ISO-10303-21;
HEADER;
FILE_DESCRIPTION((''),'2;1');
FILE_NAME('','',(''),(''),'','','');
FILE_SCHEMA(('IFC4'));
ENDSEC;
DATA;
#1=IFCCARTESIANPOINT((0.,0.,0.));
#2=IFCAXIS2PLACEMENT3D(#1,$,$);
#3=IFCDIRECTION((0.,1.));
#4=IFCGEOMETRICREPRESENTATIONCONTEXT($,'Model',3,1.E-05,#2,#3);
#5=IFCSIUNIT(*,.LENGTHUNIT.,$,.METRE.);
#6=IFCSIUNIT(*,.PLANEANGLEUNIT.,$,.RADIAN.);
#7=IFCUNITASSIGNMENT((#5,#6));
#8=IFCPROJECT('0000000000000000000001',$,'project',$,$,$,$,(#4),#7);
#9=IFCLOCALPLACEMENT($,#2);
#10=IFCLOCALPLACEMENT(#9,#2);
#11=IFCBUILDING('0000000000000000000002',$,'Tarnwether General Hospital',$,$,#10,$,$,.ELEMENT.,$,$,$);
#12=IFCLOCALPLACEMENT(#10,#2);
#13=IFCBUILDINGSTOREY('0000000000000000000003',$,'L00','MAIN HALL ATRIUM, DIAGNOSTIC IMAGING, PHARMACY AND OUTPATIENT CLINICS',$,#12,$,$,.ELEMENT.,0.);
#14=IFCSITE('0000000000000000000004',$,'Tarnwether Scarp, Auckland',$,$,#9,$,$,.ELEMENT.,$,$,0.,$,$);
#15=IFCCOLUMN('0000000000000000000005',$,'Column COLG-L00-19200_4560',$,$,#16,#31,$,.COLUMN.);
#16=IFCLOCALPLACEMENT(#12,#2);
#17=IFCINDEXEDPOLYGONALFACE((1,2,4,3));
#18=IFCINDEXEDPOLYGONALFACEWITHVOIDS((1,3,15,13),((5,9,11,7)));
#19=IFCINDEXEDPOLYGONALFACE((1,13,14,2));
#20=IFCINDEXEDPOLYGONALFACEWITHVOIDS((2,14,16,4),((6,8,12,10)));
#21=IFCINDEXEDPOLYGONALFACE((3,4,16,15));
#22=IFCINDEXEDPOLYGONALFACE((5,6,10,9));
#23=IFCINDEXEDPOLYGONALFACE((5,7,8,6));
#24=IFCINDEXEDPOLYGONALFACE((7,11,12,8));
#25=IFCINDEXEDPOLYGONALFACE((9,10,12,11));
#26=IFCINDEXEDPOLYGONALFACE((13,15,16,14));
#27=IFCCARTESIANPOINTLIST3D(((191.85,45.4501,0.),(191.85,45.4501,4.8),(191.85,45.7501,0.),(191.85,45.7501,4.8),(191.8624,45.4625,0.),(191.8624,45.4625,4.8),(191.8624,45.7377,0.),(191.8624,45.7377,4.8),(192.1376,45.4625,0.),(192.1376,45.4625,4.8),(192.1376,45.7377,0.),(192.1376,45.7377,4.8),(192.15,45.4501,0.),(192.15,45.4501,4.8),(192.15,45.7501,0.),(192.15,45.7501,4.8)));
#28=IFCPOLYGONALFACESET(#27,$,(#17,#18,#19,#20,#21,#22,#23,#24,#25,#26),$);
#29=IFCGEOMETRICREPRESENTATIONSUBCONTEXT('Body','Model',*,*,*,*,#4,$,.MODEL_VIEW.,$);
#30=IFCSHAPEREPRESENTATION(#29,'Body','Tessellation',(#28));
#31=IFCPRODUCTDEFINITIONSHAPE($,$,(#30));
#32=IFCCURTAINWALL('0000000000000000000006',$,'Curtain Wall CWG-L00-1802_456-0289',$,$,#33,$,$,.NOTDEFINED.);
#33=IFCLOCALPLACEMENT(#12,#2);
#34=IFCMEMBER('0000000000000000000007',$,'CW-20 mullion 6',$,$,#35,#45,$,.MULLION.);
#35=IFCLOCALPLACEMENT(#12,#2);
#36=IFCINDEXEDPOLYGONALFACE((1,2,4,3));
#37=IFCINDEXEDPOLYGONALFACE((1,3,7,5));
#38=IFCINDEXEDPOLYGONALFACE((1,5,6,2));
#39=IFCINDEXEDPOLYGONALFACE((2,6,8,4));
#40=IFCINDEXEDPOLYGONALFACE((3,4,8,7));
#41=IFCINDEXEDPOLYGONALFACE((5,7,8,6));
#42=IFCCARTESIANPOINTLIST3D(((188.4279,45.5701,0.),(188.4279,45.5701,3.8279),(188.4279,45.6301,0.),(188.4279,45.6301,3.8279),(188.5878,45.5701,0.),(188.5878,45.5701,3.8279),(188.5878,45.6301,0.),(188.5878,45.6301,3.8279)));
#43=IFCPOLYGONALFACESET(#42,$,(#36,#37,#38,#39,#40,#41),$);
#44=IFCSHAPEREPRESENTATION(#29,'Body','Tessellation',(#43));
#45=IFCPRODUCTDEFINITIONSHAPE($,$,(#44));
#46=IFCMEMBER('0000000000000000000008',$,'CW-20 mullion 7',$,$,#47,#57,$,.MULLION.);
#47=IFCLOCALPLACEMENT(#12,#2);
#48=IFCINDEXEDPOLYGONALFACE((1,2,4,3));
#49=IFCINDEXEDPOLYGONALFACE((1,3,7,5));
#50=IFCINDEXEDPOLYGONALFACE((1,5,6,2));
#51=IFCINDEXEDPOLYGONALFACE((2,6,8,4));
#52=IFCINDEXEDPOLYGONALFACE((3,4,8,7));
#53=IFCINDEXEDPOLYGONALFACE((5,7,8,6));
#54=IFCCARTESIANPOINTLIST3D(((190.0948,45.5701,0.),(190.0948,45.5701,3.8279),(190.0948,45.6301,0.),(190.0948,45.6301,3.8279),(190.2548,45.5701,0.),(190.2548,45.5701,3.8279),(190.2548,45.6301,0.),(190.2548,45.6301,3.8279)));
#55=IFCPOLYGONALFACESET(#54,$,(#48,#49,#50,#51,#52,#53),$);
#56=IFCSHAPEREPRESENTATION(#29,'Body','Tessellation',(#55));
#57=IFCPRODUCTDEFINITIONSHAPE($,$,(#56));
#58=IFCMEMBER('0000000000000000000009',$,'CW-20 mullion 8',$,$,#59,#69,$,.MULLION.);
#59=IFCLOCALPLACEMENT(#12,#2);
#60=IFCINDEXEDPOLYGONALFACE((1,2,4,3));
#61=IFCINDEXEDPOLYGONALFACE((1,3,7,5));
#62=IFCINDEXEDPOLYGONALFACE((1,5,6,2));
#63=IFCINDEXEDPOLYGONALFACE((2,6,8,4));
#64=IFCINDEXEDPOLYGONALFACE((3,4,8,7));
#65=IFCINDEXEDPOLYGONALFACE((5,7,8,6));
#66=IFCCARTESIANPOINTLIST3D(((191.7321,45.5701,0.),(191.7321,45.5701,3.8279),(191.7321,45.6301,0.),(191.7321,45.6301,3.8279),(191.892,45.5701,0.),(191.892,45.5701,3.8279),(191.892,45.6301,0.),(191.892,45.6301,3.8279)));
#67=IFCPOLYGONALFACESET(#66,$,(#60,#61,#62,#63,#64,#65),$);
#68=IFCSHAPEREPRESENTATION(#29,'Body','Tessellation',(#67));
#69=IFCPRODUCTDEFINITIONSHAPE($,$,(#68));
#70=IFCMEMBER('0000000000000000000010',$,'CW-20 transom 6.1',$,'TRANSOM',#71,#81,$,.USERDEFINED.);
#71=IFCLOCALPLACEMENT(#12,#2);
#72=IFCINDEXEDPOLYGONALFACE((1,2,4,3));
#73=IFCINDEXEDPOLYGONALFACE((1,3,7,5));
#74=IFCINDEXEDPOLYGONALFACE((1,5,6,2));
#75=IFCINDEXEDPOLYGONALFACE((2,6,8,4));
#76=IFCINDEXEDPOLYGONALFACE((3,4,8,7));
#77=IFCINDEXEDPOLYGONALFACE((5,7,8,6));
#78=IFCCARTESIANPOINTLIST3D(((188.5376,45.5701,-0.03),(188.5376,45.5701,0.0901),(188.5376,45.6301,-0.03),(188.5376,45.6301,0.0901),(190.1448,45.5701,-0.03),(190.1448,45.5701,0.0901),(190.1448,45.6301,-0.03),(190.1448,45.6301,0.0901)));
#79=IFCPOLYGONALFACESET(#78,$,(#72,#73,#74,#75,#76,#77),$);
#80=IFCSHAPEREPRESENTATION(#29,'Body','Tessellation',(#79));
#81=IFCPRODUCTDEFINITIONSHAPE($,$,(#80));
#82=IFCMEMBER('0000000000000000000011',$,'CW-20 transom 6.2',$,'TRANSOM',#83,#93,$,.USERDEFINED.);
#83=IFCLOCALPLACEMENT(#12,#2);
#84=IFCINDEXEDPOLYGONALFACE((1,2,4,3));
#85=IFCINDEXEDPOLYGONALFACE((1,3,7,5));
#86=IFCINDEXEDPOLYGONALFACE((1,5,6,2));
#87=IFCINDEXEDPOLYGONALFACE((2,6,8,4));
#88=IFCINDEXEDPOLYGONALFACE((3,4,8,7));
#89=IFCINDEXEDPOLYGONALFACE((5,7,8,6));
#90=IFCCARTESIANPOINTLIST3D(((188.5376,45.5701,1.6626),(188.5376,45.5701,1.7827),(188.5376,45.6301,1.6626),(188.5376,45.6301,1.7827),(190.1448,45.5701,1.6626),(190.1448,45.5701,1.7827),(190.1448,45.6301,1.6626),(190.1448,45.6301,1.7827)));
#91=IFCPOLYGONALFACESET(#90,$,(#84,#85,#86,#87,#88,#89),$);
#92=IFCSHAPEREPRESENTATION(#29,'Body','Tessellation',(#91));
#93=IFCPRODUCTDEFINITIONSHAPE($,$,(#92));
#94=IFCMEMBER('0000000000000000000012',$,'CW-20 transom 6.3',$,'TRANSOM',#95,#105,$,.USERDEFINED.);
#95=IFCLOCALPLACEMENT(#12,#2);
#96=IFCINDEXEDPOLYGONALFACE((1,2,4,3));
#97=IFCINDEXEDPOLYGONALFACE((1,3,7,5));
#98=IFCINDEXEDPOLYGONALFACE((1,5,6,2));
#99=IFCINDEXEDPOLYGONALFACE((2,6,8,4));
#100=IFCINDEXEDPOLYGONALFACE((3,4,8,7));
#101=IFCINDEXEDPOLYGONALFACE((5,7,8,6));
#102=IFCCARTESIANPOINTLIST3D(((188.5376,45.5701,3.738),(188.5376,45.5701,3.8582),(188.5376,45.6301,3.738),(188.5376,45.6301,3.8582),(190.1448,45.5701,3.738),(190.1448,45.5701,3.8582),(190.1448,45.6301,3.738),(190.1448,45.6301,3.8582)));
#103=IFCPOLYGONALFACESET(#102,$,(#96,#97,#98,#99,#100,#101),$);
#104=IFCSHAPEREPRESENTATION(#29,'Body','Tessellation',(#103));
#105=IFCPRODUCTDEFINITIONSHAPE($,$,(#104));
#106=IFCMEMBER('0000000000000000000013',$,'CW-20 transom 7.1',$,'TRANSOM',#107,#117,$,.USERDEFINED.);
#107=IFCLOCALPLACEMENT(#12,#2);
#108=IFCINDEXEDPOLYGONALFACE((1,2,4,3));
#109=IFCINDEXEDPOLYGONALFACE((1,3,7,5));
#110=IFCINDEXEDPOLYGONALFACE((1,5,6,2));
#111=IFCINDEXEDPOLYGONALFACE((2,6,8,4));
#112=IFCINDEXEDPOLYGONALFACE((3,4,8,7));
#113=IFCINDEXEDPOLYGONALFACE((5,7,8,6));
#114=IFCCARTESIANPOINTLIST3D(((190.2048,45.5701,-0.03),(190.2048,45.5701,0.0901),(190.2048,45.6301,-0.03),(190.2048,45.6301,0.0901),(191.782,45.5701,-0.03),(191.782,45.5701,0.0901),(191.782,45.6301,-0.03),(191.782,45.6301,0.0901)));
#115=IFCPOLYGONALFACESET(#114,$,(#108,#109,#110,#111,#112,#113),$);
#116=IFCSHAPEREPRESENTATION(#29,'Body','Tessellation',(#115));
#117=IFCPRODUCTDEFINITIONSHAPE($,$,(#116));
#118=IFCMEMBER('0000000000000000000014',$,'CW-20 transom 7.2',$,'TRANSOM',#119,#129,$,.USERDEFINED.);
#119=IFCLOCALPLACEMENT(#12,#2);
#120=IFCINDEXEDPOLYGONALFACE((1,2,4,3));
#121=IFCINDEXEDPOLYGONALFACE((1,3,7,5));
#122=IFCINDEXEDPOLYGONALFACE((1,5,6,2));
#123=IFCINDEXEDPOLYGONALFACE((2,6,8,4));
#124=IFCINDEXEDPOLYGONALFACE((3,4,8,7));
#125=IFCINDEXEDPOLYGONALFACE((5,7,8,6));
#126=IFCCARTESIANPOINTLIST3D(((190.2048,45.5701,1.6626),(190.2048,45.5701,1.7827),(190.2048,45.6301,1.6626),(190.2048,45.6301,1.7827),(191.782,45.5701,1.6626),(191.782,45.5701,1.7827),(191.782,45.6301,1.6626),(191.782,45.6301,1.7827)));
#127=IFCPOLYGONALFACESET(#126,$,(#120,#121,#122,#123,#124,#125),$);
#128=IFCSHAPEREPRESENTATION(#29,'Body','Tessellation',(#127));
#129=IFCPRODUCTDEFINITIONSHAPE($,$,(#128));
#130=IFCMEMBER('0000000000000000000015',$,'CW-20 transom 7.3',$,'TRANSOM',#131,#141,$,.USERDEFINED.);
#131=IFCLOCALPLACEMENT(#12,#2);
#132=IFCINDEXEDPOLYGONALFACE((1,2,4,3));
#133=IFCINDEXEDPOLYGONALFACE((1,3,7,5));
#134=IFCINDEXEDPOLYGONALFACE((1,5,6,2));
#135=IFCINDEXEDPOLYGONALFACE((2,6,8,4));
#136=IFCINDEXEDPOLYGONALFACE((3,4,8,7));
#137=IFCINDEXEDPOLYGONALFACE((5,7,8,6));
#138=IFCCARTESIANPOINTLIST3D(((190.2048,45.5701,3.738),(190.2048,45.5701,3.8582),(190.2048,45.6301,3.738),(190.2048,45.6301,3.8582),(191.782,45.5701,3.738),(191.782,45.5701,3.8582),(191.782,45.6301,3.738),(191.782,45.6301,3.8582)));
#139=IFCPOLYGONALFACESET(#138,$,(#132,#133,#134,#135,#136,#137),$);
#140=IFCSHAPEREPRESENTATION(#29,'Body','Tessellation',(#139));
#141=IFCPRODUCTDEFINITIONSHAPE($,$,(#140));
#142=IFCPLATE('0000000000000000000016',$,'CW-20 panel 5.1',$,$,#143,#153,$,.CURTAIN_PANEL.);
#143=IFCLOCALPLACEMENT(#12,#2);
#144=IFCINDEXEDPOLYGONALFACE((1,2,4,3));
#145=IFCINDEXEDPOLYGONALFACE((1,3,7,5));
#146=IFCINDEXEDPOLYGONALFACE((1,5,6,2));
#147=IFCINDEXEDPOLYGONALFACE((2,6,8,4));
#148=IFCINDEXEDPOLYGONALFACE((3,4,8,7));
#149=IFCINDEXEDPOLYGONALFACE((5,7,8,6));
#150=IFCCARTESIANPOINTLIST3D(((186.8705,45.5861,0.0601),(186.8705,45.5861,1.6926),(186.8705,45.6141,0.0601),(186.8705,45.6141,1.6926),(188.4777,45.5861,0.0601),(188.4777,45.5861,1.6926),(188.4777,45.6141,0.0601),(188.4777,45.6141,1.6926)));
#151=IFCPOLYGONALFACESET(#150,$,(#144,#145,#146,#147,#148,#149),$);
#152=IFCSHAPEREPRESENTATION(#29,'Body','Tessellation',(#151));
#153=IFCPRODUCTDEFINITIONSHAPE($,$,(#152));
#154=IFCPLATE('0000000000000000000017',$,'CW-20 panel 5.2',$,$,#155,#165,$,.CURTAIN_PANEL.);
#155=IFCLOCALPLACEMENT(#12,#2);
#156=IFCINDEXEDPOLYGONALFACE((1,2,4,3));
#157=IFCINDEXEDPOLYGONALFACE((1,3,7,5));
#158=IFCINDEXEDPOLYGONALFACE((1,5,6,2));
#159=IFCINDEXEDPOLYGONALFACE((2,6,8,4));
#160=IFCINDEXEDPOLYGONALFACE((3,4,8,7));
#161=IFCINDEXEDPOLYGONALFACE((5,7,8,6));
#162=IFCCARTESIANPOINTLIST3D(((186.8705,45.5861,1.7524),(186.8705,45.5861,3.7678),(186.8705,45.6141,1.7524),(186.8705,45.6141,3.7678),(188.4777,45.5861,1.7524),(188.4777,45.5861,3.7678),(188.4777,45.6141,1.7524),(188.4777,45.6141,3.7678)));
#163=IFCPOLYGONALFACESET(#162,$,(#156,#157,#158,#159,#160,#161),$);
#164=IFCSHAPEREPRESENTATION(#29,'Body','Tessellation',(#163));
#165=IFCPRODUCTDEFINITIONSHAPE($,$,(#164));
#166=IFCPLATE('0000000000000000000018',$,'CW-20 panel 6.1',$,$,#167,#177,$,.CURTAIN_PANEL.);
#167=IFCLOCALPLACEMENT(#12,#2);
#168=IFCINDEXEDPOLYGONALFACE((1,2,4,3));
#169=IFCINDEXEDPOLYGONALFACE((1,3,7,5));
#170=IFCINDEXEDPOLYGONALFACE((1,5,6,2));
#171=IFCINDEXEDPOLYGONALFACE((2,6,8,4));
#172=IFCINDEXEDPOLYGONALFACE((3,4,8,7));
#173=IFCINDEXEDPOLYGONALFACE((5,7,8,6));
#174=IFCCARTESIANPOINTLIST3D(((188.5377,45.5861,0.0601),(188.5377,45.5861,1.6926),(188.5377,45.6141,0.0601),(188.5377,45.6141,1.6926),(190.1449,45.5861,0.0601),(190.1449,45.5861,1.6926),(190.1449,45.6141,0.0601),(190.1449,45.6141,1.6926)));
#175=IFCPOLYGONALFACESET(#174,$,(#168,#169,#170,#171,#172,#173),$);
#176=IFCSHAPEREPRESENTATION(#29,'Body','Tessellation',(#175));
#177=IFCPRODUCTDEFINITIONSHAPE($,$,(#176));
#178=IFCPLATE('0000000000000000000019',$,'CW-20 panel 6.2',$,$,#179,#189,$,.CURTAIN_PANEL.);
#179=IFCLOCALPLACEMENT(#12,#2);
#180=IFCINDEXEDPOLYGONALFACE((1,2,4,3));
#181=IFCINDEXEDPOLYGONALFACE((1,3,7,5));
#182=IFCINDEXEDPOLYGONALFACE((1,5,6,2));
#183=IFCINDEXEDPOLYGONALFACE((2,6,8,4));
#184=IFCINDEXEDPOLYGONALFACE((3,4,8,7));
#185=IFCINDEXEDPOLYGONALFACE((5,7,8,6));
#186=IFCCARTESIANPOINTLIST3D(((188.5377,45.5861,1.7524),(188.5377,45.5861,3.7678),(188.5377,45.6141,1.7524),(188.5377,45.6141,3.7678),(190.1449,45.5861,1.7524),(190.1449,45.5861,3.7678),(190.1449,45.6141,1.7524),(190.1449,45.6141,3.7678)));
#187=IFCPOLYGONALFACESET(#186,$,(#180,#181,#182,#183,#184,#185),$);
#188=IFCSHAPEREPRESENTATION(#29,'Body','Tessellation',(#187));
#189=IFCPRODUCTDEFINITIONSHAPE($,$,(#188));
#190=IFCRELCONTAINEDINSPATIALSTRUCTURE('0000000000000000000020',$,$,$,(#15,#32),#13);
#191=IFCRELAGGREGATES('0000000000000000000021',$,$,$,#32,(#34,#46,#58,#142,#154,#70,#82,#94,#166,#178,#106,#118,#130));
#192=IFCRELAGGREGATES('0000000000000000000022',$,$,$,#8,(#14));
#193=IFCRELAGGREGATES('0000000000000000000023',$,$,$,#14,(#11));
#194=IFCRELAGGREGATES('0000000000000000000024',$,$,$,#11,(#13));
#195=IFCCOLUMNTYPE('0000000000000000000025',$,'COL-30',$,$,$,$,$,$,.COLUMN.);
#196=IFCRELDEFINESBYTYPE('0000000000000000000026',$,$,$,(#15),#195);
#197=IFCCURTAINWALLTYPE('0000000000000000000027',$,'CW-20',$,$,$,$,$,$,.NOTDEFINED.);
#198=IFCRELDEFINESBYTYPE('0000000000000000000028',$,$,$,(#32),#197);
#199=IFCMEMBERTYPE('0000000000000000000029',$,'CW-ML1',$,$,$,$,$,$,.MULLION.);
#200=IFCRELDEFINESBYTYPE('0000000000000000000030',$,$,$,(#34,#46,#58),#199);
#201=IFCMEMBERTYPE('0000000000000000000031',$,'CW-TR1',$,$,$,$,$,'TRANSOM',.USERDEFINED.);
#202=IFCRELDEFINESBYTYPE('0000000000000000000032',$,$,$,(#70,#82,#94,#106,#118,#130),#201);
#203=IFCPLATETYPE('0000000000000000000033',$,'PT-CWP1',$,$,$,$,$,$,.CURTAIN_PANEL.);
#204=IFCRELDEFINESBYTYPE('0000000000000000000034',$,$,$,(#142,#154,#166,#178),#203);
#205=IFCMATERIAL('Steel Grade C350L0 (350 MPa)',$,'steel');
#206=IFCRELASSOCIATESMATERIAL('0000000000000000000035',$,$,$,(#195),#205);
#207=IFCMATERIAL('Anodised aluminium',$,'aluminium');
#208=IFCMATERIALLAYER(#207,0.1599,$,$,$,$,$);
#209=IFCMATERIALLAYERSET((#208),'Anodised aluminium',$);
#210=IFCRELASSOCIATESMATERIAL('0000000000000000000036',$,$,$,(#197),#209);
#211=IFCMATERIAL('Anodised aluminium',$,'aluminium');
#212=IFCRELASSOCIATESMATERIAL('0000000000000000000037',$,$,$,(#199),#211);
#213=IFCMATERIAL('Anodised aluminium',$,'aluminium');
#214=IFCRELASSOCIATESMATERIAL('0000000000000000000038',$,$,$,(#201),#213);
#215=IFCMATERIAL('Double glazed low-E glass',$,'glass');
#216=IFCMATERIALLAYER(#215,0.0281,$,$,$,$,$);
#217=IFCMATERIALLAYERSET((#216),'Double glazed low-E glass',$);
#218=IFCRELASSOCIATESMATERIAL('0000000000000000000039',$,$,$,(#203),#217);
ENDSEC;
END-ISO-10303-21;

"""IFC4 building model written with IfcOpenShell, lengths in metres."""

from ifc_helpers import new_model, si_unit, direction, frame, origin, origin_2d, place, context, subcontext, project, spatial, rectangle, hollow_rectangle, extrude, material, layer, layer_set, material_profile, profile_set, type_object, element, aggregate, save


model = new_model("IFC4")

# Units and contexts
model_context = context("Model", 3, precision=1e-05, world=origin(), true_north=direction((0.0, 1.0)))
body_context = subcontext(model_context, "Body", "Model", "MODEL_VIEW")
ifc_project = project(units=[si_unit("LENGTHUNIT", "METRE"), si_unit("PLANEANGLEUNIT", "RADIAN")], contexts=[model_context])

# Site, building, storey
site_placement = place(None, origin())
site = spatial("IfcSite", under=ifc_project, at=site_placement, Name="Tarnwether Scarp, Auckland", CompositionType="ELEMENT", RefElevation=0.0)
building_placement = place(site_placement, origin())
building = spatial("IfcBuilding", under=site, at=building_placement, Name="Tarnwether General Hospital", CompositionType="ELEMENT")
storey_placement = place(building_placement, origin())
storey = spatial("IfcBuildingStorey", under=building, at=storey_placement, Name="L00", Description="MAIN HALL ATRIUM, DIAGNOSTIC IMAGING, PHARMACY AND OUTPATIENT CLINICS", CompositionType="ELEMENT", Elevation=0.0)

# Column
ifc_material_1 = material(Name="Steel Grade C350L0 (350 MPa)", Category="steel")
ifc_material_profile_1 = material_profile(ifc_material_1, hollow_rectangle(XDim=0.3, YDim=0.3, WallThickness=0.0125, at=origin_2d()), Name="SHS300x300x12.5")
ifc_profile_set_1 = profile_set([ifc_material_profile_1], Name="Steel Grade C350L0 (350 MPa)")
column_type = type_object("IfcColumnType", Name="COL-30", PredefinedType="COLUMN", material=ifc_profile_set_1)
column_placement = place(storey_placement, frame((192.0, 45.6001, 0.0), z_axis=(0.0, 0.0, 1.0), x_axis=(1.0, 0.0, 0.0)))
element("IfcColumn", 1, at=column_placement, inside=storey, type_object=column_type, Name="Column COLG-L00-19200_4560", PredefinedType="COLUMN", context=body_context, shape_type="SweptSolid", body=[
    extrude(hollow_rectangle(XDim=0.3, YDim=0.3, WallThickness=0.0125, at=origin_2d()), origin(), (0.0, 0.0, 1.0), 4.8),
])

# Curtain wall, members, plates
ifc_material_2 = material(Name="Anodised aluminium", Category="aluminium")
ifc_layer_1 = layer(ifc_material_2, 0.1599)
ifc_layer_set_1 = layer_set([ifc_layer_1], Name="Anodised aluminium")
curtain_wall_type = type_object("IfcCurtainWallType", Name="CW-20", PredefinedType="NOTDEFINED", material=ifc_layer_set_1)
curtain_wall_placement = place(storey_placement, origin())
curtain_wall = element("IfcCurtainWall", 2, at=curtain_wall_placement, inside=storey, type_object=curtain_wall_type, Name="Curtain Wall CWG-L00-1802_456-0289", PredefinedType="NOTDEFINED")
ifc_material_3 = material(Name="Anodised aluminium", Category="aluminium")
ifc_material_profile_2 = material_profile(ifc_material_3, rectangle(XDim=0.0601, YDim=0.1599, at=origin_2d()), Name="ALU-MUL-60x160")
ifc_profile_set_2 = profile_set([ifc_material_profile_2], Name="Anodised aluminium")
member_type_1 = type_object("IfcMemberType", Name="CW-ML1", PredefinedType="MULLION", material=ifc_profile_set_2)
member_1_placement = place(storey_placement, frame((188.5078, 45.6001, 0.0), z_axis=(0.0, 0.0, 1.0), x_axis=(0.0, 1.0, 0.0)))
member_1 = element("IfcMember", 3, at=member_1_placement, type_object=member_type_1, Name="CW-20 mullion 6", PredefinedType="MULLION", context=body_context, shape_type="SweptSolid", body=[
    extrude(rectangle(XDim=0.0601, YDim=0.1599, at=origin_2d()), origin(), (0.0, 0.0, 1.0), 3.8279),
])
member_2_placement = place(storey_placement, frame((190.1748, 45.6001, 0.0), z_axis=(0.0, 0.0, 1.0), x_axis=(0.0, 1.0, 0.0)))
member_2 = element("IfcMember", 4, at=member_2_placement, type_object=member_type_1, Name="CW-20 mullion 7", PredefinedType="MULLION", context=body_context, shape_type="SweptSolid", body=[
    extrude(rectangle(XDim=0.0601, YDim=0.1599, at=origin_2d()), origin(), (0.0, 0.0, 1.0), 3.8279),
])
member_3_placement = place(storey_placement, frame((191.812, 45.6001, 0.0), z_axis=(0.0, 0.0, 1.0), x_axis=(0.0, 1.0, 0.0)))
member_3 = element("IfcMember", 5, at=member_3_placement, type_object=member_type_1, Name="CW-20 mullion 8", PredefinedType="MULLION", context=body_context, shape_type="SweptSolid", body=[
    extrude(rectangle(XDim=0.0601, YDim=0.1599, at=origin_2d()), origin(), (0.0, 0.0, 1.0), 3.8279),
])
ifc_material_4 = material(Name="Anodised aluminium", Category="aluminium")
ifc_material_profile_3 = material_profile(ifc_material_4, rectangle(XDim=0.0601, YDim=0.1201, at=origin_2d()), Name="ALU-TRN-60x120")
ifc_profile_set_3 = profile_set([ifc_material_profile_3], Name="Anodised aluminium")
member_type_2 = type_object("IfcMemberType", Name="CW-TR1", ElementType="TRANSOM", PredefinedType="USERDEFINED", material=ifc_profile_set_3)
member_4_placement = place(storey_placement, frame((188.5376, 45.6001, 0.03), z_axis=(1.0, 0.0, 0.0), x_axis=(0.0, 1.0, 0.0)))
member_4 = element("IfcMember", 6, at=member_4_placement, type_object=member_type_2, Name="CW-20 transom 6.1", ObjectType="TRANSOM", PredefinedType="USERDEFINED", context=body_context, shape_type="SweptSolid", body=[
    extrude(rectangle(XDim=0.0601, YDim=0.1201, at=origin_2d()), origin(), (0.0, 0.0, 1.0), 1.6072),
])
member_5_placement = place(storey_placement, frame((188.5376, 45.6001, 1.7227), z_axis=(1.0, 0.0, 0.0), x_axis=(0.0, 1.0, 0.0)))
member_5 = element("IfcMember", 7, at=member_5_placement, type_object=member_type_2, Name="CW-20 transom 6.2", ObjectType="TRANSOM", PredefinedType="USERDEFINED", context=body_context, shape_type="SweptSolid", body=[
    extrude(rectangle(XDim=0.0601, YDim=0.1201, at=origin_2d()), origin(), (0.0, 0.0, 1.0), 1.6072),
])
member_6_placement = place(storey_placement, frame((188.5376, 45.6001, 3.7981), z_axis=(1.0, 0.0, 0.0), x_axis=(0.0, 1.0, 0.0)))
member_6 = element("IfcMember", 8, at=member_6_placement, type_object=member_type_2, Name="CW-20 transom 6.3", ObjectType="TRANSOM", PredefinedType="USERDEFINED", context=body_context, shape_type="SweptSolid", body=[
    extrude(rectangle(XDim=0.0601, YDim=0.1201, at=origin_2d()), origin(), (0.0, 0.0, 1.0), 1.6072),
])
member_7_placement = place(storey_placement, frame((190.2048, 45.6001, 0.03), z_axis=(1.0, 0.0, 0.0), x_axis=(0.0, 1.0, 0.0)))
member_7 = element("IfcMember", 9, at=member_7_placement, type_object=member_type_2, Name="CW-20 transom 7.1", ObjectType="TRANSOM", PredefinedType="USERDEFINED", context=body_context, shape_type="SweptSolid", body=[
    extrude(rectangle(XDim=0.0601, YDim=0.1201, at=origin_2d()), origin(), (0.0, 0.0, 1.0), 1.5771),
])
member_8_placement = place(storey_placement, frame((190.2048, 45.6001, 1.7227), z_axis=(1.0, 0.0, 0.0), x_axis=(0.0, 1.0, 0.0)))
member_8 = element("IfcMember", 10, at=member_8_placement, type_object=member_type_2, Name="CW-20 transom 7.2", ObjectType="TRANSOM", PredefinedType="USERDEFINED", context=body_context, shape_type="SweptSolid", body=[
    extrude(rectangle(XDim=0.0601, YDim=0.1201, at=origin_2d()), origin(), (0.0, 0.0, 1.0), 1.5771),
])
member_9_placement = place(storey_placement, frame((190.2048, 45.6001, 3.7981), z_axis=(1.0, 0.0, 0.0), x_axis=(0.0, 1.0, 0.0)))
member_9 = element("IfcMember", 11, at=member_9_placement, type_object=member_type_2, Name="CW-20 transom 7.3", ObjectType="TRANSOM", PredefinedType="USERDEFINED", context=body_context, shape_type="SweptSolid", body=[
    extrude(rectangle(XDim=0.0601, YDim=0.1201, at=origin_2d()), origin(), (0.0, 0.0, 1.0), 1.5771),
])
ifc_material_5 = material(Name="Double glazed low-E glass", Category="glass")
ifc_layer_2 = layer(ifc_material_5, 0.0281)
ifc_layer_set_2 = layer_set([ifc_layer_2], Name="Double glazed low-E glass")
plate_type_1 = type_object("IfcPlateType", Name="PT-CWP1", PredefinedType="CURTAIN_PANEL", material=ifc_layer_set_2)
plate_1_placement = place(storey_placement, frame((187.6741, 45.6001, 0.0601), z_axis=(0.0, 0.0, 1.0), x_axis=(1.0, 0.0, 0.0)))
plate_1 = element("IfcPlate", 12, at=plate_1_placement, type_object=plate_type_1, Name="CW-20 panel 5.1", PredefinedType="CURTAIN_PANEL", context=body_context, shape_type="SweptSolid", body=[
    extrude(rectangle(XDim=1.6072, YDim=0.0281, at=origin_2d()), origin(), (0.0, 0.0, 1.0), 1.6326),
])
plate_2_placement = place(storey_placement, frame((187.6741, 45.6001, 1.7524), z_axis=(0.0, 0.0, 1.0), x_axis=(1.0, 0.0, 0.0)))
plate_2 = element("IfcPlate", 13, at=plate_2_placement, type_object=plate_type_1, Name="CW-20 panel 5.2", PredefinedType="CURTAIN_PANEL", context=body_context, shape_type="SweptSolid", body=[
    extrude(rectangle(XDim=1.6072, YDim=0.0281, at=origin_2d()), origin(), (0.0, 0.0, 1.0), 2.0154),
])
plate_3_placement = place(storey_placement, frame((189.3413, 45.6001, 0.0601), z_axis=(0.0, 0.0, 1.0), x_axis=(1.0, 0.0, 0.0)))
plate_3 = element("IfcPlate", 14, at=plate_3_placement, type_object=plate_type_1, Name="CW-20 panel 6.1", PredefinedType="CURTAIN_PANEL", context=body_context, shape_type="SweptSolid", body=[
    extrude(rectangle(XDim=1.6072, YDim=0.0281, at=origin_2d()), origin(), (0.0, 0.0, 1.0), 1.6326),
])
plate_4_placement = place(storey_placement, frame((189.3413, 45.6001, 1.7524), z_axis=(0.0, 0.0, 1.0), x_axis=(1.0, 0.0, 0.0)))
plate_4 = element("IfcPlate", 15, at=plate_4_placement, type_object=plate_type_1, Name="CW-20 panel 6.2", PredefinedType="CURTAIN_PANEL", context=body_context, shape_type="SweptSolid", body=[
    extrude(rectangle(XDim=1.6072, YDim=0.0281, at=origin_2d()), origin(), (0.0, 0.0, 1.0), 2.0154),
])
aggregate(curtain_wall, [member_1, member_2, member_3, plate_1, plate_2, member_4, member_5, member_6, plate_3, plate_4, member_7, member_8, member_9])

save(model, "model.ifc")
